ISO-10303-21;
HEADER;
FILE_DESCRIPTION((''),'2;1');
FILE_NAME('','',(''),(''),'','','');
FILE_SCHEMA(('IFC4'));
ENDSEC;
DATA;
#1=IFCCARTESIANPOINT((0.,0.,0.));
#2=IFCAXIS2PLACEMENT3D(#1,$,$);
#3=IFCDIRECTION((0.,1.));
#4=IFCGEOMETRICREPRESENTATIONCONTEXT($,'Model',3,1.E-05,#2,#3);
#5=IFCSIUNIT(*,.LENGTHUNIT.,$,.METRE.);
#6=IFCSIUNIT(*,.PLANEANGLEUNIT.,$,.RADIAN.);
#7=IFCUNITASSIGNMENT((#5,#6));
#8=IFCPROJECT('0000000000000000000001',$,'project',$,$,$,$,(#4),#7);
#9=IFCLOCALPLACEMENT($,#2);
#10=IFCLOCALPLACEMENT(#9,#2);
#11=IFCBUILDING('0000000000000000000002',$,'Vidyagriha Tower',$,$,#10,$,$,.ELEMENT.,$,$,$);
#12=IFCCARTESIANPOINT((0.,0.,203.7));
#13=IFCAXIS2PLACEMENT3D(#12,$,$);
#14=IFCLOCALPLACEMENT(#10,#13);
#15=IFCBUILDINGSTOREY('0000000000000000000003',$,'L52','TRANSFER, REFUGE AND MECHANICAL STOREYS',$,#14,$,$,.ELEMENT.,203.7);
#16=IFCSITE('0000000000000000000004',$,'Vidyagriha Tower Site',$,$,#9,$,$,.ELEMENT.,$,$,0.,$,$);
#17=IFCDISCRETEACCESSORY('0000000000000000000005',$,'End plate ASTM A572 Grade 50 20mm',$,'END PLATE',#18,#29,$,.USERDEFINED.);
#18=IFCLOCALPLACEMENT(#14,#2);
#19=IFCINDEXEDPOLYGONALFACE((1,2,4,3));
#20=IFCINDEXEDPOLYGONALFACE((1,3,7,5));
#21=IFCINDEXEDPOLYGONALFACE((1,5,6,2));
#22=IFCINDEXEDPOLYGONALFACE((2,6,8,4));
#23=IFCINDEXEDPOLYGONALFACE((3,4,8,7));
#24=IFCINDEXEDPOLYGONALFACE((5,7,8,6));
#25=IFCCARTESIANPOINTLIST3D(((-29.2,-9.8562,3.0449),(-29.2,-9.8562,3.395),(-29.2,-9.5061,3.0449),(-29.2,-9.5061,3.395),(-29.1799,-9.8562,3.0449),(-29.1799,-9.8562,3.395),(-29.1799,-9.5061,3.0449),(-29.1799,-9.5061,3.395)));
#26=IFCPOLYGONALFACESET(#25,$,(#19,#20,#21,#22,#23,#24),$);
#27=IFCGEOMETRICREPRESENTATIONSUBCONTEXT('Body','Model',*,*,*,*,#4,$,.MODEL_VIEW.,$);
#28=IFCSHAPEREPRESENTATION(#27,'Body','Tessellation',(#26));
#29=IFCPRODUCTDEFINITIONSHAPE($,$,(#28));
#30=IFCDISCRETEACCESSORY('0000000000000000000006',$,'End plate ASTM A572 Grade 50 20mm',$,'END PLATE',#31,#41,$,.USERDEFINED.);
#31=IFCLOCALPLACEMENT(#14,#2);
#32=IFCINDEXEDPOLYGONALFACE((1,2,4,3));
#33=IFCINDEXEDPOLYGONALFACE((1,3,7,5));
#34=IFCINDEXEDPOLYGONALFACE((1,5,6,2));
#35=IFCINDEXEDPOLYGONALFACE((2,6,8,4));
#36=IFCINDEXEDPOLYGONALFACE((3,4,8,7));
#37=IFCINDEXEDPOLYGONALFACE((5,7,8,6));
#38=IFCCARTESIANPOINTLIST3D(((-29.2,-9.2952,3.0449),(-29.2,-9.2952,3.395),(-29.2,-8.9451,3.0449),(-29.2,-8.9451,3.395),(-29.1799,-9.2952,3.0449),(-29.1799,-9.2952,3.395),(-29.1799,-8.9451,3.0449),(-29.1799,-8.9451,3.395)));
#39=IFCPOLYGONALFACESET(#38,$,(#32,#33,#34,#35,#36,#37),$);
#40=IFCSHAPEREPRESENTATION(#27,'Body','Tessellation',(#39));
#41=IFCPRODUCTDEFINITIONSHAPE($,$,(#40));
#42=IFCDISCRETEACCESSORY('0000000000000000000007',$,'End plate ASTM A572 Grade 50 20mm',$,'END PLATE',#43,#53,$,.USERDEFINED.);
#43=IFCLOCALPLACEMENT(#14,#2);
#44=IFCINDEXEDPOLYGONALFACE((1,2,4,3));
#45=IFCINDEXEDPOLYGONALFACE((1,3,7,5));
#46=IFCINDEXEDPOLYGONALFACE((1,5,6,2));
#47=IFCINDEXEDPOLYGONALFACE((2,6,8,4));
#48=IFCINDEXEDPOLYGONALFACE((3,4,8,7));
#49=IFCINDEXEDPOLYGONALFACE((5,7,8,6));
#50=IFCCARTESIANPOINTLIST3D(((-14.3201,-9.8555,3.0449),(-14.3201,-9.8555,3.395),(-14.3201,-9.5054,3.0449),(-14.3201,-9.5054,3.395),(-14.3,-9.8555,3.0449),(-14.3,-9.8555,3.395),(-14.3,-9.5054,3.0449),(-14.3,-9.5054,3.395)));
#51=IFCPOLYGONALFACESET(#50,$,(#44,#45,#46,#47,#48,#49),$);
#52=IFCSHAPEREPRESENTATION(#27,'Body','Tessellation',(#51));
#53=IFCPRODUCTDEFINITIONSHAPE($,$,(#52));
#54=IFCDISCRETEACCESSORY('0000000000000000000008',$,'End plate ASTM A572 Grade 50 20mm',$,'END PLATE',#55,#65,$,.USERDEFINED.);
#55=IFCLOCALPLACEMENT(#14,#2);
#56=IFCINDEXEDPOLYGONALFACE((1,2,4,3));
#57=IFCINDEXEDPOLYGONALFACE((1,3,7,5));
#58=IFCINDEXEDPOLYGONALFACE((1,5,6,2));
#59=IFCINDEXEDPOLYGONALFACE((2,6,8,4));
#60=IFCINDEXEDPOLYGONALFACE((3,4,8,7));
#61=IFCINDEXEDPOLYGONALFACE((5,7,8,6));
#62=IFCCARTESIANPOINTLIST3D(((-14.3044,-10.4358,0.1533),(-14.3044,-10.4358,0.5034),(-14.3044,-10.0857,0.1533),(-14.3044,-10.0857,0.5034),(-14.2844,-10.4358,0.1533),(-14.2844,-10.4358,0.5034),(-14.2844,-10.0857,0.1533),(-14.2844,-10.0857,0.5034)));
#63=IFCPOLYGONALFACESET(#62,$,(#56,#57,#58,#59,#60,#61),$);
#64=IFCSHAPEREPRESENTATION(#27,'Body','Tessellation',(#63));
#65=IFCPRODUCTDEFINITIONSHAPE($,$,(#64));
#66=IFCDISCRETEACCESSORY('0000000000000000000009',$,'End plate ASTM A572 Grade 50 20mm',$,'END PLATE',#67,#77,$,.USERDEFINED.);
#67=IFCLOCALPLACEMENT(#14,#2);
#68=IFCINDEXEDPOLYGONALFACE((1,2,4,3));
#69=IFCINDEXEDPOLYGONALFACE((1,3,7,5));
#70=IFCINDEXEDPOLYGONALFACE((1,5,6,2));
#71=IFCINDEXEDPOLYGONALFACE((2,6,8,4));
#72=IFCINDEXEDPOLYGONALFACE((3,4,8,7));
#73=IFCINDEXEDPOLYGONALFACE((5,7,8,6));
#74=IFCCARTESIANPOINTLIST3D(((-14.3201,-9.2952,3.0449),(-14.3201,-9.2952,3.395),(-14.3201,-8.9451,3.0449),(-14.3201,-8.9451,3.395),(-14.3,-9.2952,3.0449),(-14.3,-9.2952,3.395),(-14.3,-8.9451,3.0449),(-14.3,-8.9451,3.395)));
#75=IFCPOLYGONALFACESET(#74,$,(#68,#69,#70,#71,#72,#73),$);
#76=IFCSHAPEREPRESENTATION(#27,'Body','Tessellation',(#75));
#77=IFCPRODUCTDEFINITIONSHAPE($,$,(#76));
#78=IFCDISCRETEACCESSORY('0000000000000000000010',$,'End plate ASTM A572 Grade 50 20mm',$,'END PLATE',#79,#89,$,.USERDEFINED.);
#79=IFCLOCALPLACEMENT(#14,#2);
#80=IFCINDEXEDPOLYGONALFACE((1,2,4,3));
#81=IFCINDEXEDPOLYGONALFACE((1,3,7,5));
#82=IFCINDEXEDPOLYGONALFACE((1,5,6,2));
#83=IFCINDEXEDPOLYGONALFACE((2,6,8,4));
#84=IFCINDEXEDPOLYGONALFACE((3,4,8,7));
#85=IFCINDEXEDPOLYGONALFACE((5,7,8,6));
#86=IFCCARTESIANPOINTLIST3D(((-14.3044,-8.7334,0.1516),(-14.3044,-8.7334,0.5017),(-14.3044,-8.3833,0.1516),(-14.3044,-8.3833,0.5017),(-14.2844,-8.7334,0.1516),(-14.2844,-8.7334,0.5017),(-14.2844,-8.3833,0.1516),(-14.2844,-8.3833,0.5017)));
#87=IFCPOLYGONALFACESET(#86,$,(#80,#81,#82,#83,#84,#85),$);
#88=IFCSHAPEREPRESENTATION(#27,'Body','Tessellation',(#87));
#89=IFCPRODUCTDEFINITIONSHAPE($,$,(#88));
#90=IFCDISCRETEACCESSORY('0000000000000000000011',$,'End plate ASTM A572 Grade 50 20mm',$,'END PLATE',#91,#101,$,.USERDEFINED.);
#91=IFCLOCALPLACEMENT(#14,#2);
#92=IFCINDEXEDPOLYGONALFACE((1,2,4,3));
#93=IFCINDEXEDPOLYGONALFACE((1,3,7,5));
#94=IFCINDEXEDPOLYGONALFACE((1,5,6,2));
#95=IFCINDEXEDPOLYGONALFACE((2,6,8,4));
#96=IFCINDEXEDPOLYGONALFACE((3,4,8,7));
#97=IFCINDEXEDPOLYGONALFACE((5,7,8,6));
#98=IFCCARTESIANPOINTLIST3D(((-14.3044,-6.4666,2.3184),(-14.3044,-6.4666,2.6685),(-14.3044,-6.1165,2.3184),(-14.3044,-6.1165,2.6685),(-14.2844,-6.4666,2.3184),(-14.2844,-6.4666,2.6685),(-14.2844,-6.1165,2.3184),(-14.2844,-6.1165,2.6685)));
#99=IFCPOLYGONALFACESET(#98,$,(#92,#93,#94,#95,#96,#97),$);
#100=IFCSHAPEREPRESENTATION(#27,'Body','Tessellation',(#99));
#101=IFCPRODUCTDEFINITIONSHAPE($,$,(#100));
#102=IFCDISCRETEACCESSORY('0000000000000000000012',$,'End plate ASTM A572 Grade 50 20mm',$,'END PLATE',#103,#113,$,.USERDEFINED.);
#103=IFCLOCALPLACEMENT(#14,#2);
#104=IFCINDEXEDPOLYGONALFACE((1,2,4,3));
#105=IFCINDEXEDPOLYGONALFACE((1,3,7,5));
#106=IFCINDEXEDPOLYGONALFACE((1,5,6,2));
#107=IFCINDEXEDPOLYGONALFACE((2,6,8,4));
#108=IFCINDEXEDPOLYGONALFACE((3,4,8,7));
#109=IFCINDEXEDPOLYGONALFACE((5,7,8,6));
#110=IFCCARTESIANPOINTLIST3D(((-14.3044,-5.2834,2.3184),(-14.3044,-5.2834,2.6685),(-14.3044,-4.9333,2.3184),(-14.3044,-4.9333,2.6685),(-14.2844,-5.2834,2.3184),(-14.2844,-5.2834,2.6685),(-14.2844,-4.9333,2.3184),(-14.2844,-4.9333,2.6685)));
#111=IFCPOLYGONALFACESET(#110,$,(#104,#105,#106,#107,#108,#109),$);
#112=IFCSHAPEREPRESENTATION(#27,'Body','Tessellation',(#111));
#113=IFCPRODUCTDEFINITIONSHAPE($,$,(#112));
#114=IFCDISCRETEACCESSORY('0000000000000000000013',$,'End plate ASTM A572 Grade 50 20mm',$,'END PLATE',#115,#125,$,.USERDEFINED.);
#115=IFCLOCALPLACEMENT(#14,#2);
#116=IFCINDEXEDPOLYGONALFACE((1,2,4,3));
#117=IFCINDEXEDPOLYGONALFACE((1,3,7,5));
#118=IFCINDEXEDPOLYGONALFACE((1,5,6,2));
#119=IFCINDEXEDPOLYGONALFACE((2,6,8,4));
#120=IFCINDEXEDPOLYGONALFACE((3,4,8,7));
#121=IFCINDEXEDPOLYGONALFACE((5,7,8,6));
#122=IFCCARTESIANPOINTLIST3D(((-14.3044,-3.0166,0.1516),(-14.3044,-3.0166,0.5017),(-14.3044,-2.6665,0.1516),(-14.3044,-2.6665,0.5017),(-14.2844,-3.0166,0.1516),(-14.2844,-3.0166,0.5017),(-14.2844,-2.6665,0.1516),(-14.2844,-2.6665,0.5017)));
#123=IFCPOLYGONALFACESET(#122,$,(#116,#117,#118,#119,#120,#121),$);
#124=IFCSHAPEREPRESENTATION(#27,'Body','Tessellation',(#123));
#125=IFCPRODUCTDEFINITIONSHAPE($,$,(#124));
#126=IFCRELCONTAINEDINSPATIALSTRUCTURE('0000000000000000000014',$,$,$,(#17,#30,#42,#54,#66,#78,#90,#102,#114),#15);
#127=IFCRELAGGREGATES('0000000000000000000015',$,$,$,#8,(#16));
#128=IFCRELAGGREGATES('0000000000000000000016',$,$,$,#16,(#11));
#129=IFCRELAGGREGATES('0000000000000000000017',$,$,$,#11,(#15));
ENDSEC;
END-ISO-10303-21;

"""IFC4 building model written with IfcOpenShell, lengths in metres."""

from ifc_helpers import new_model, si_unit, direction, frame, origin, origin_2d, place, context, subcontext, project, spatial, rectangle, extrude, element, save


model = new_model("IFC4")

# Units and contexts
model_context = context("Model", 3, precision=1e-05, world=origin(), true_north=direction((0.0, 1.0)))
body_context = subcontext(model_context, "Body", "Model", "MODEL_VIEW")
ifc_project = project(units=[si_unit("LENGTHUNIT", "METRE"), si_unit("PLANEANGLEUNIT", "RADIAN")], contexts=[model_context])

# Site, building, storey
site_placement = place(None, origin())
site = spatial("IfcSite", under=ifc_project, at=site_placement, Name="Vidyagriha Tower Site", CompositionType="ELEMENT", RefElevation=0.0)
building_placement = place(site_placement, origin())
building = spatial("IfcBuilding", under=site, at=building_placement, Name="Vidyagriha Tower", CompositionType="ELEMENT")
storey_placement = place(building_placement, frame((0.0, 0.0, 203.7)))
storey = spatial("IfcBuildingStorey", under=building, at=storey_placement, Name="L52", Description="TRANSFER, REFUGE AND MECHANICAL STOREYS", CompositionType="ELEMENT", Elevation=203.7)

# Discrete accessories
for number, where, z_axis, x_axis, name in (
    (1, (-29.1899, -9.6812, 3.0449), (0.0, 0.0, 1.0), (0.0, 1.0, 0.0), "End plate ASTM A572 Grade 50 20mm"),
    (2, (-29.1899, -9.1201, 3.0449), (0.0, 0.0, 1.0), (0.0, -1.0, 0.0), "End plate ASTM A572 Grade 50 20mm"),
    (3, (-14.3101, -9.6804, 3.0449), (0.0, 0.0, 1.0), (0.0, 1.0, 0.0), "End plate ASTM A572 Grade 50 20mm"),
    (4, (-14.2944, -10.2607, 0.1533), (0.0, 0.0, 1.0), (0.0, 1.0, 0.0), "End plate ASTM A572 Grade 50 20mm"),
    (5, (-14.3101, -9.1201, 3.0449), (0.0, 0.0, 1.0), (0.0, -1.0, 0.0), "End plate ASTM A572 Grade 50 20mm"),
    (6, (-14.2944, -8.5583, 0.1516), (0.0, 0.0, 1.0), (0.0, -1.0, 0.0), "End plate ASTM A572 Grade 50 20mm"),
    (7, (-14.2944, -6.2915, 2.3184), (0.0, 0.0, 1.0), (0.0, 1.0, 0.0), "End plate ASTM A572 Grade 50 20mm"),
    (8, (-14.2944, -5.1084, 2.3184), (0.0, 0.0, 1.0), (0.0, -1.0, 0.0), "End plate ASTM A572 Grade 50 20mm"),
    (9, (-14.2944, -2.8416, 0.1516), (0.0, 0.0, 1.0), (0.0, 1.0, 0.0), "End plate ASTM A572 Grade 50 20mm"),
):
    element("IfcDiscreteAccessory", number, at=place(storey_placement, frame(where, z_axis=z_axis, x_axis=x_axis)), inside=storey, Name=name, ObjectType="END PLATE", PredefinedType="USERDEFINED", context=body_context, shape_type="SweptSolid", body=[
        extrude(rectangle(XDim=0.3501, YDim=0.02, at=origin_2d()), origin(), (0.0, 0.0, 1.0), 0.3501),
    ])

save(model, "model.ifc")
